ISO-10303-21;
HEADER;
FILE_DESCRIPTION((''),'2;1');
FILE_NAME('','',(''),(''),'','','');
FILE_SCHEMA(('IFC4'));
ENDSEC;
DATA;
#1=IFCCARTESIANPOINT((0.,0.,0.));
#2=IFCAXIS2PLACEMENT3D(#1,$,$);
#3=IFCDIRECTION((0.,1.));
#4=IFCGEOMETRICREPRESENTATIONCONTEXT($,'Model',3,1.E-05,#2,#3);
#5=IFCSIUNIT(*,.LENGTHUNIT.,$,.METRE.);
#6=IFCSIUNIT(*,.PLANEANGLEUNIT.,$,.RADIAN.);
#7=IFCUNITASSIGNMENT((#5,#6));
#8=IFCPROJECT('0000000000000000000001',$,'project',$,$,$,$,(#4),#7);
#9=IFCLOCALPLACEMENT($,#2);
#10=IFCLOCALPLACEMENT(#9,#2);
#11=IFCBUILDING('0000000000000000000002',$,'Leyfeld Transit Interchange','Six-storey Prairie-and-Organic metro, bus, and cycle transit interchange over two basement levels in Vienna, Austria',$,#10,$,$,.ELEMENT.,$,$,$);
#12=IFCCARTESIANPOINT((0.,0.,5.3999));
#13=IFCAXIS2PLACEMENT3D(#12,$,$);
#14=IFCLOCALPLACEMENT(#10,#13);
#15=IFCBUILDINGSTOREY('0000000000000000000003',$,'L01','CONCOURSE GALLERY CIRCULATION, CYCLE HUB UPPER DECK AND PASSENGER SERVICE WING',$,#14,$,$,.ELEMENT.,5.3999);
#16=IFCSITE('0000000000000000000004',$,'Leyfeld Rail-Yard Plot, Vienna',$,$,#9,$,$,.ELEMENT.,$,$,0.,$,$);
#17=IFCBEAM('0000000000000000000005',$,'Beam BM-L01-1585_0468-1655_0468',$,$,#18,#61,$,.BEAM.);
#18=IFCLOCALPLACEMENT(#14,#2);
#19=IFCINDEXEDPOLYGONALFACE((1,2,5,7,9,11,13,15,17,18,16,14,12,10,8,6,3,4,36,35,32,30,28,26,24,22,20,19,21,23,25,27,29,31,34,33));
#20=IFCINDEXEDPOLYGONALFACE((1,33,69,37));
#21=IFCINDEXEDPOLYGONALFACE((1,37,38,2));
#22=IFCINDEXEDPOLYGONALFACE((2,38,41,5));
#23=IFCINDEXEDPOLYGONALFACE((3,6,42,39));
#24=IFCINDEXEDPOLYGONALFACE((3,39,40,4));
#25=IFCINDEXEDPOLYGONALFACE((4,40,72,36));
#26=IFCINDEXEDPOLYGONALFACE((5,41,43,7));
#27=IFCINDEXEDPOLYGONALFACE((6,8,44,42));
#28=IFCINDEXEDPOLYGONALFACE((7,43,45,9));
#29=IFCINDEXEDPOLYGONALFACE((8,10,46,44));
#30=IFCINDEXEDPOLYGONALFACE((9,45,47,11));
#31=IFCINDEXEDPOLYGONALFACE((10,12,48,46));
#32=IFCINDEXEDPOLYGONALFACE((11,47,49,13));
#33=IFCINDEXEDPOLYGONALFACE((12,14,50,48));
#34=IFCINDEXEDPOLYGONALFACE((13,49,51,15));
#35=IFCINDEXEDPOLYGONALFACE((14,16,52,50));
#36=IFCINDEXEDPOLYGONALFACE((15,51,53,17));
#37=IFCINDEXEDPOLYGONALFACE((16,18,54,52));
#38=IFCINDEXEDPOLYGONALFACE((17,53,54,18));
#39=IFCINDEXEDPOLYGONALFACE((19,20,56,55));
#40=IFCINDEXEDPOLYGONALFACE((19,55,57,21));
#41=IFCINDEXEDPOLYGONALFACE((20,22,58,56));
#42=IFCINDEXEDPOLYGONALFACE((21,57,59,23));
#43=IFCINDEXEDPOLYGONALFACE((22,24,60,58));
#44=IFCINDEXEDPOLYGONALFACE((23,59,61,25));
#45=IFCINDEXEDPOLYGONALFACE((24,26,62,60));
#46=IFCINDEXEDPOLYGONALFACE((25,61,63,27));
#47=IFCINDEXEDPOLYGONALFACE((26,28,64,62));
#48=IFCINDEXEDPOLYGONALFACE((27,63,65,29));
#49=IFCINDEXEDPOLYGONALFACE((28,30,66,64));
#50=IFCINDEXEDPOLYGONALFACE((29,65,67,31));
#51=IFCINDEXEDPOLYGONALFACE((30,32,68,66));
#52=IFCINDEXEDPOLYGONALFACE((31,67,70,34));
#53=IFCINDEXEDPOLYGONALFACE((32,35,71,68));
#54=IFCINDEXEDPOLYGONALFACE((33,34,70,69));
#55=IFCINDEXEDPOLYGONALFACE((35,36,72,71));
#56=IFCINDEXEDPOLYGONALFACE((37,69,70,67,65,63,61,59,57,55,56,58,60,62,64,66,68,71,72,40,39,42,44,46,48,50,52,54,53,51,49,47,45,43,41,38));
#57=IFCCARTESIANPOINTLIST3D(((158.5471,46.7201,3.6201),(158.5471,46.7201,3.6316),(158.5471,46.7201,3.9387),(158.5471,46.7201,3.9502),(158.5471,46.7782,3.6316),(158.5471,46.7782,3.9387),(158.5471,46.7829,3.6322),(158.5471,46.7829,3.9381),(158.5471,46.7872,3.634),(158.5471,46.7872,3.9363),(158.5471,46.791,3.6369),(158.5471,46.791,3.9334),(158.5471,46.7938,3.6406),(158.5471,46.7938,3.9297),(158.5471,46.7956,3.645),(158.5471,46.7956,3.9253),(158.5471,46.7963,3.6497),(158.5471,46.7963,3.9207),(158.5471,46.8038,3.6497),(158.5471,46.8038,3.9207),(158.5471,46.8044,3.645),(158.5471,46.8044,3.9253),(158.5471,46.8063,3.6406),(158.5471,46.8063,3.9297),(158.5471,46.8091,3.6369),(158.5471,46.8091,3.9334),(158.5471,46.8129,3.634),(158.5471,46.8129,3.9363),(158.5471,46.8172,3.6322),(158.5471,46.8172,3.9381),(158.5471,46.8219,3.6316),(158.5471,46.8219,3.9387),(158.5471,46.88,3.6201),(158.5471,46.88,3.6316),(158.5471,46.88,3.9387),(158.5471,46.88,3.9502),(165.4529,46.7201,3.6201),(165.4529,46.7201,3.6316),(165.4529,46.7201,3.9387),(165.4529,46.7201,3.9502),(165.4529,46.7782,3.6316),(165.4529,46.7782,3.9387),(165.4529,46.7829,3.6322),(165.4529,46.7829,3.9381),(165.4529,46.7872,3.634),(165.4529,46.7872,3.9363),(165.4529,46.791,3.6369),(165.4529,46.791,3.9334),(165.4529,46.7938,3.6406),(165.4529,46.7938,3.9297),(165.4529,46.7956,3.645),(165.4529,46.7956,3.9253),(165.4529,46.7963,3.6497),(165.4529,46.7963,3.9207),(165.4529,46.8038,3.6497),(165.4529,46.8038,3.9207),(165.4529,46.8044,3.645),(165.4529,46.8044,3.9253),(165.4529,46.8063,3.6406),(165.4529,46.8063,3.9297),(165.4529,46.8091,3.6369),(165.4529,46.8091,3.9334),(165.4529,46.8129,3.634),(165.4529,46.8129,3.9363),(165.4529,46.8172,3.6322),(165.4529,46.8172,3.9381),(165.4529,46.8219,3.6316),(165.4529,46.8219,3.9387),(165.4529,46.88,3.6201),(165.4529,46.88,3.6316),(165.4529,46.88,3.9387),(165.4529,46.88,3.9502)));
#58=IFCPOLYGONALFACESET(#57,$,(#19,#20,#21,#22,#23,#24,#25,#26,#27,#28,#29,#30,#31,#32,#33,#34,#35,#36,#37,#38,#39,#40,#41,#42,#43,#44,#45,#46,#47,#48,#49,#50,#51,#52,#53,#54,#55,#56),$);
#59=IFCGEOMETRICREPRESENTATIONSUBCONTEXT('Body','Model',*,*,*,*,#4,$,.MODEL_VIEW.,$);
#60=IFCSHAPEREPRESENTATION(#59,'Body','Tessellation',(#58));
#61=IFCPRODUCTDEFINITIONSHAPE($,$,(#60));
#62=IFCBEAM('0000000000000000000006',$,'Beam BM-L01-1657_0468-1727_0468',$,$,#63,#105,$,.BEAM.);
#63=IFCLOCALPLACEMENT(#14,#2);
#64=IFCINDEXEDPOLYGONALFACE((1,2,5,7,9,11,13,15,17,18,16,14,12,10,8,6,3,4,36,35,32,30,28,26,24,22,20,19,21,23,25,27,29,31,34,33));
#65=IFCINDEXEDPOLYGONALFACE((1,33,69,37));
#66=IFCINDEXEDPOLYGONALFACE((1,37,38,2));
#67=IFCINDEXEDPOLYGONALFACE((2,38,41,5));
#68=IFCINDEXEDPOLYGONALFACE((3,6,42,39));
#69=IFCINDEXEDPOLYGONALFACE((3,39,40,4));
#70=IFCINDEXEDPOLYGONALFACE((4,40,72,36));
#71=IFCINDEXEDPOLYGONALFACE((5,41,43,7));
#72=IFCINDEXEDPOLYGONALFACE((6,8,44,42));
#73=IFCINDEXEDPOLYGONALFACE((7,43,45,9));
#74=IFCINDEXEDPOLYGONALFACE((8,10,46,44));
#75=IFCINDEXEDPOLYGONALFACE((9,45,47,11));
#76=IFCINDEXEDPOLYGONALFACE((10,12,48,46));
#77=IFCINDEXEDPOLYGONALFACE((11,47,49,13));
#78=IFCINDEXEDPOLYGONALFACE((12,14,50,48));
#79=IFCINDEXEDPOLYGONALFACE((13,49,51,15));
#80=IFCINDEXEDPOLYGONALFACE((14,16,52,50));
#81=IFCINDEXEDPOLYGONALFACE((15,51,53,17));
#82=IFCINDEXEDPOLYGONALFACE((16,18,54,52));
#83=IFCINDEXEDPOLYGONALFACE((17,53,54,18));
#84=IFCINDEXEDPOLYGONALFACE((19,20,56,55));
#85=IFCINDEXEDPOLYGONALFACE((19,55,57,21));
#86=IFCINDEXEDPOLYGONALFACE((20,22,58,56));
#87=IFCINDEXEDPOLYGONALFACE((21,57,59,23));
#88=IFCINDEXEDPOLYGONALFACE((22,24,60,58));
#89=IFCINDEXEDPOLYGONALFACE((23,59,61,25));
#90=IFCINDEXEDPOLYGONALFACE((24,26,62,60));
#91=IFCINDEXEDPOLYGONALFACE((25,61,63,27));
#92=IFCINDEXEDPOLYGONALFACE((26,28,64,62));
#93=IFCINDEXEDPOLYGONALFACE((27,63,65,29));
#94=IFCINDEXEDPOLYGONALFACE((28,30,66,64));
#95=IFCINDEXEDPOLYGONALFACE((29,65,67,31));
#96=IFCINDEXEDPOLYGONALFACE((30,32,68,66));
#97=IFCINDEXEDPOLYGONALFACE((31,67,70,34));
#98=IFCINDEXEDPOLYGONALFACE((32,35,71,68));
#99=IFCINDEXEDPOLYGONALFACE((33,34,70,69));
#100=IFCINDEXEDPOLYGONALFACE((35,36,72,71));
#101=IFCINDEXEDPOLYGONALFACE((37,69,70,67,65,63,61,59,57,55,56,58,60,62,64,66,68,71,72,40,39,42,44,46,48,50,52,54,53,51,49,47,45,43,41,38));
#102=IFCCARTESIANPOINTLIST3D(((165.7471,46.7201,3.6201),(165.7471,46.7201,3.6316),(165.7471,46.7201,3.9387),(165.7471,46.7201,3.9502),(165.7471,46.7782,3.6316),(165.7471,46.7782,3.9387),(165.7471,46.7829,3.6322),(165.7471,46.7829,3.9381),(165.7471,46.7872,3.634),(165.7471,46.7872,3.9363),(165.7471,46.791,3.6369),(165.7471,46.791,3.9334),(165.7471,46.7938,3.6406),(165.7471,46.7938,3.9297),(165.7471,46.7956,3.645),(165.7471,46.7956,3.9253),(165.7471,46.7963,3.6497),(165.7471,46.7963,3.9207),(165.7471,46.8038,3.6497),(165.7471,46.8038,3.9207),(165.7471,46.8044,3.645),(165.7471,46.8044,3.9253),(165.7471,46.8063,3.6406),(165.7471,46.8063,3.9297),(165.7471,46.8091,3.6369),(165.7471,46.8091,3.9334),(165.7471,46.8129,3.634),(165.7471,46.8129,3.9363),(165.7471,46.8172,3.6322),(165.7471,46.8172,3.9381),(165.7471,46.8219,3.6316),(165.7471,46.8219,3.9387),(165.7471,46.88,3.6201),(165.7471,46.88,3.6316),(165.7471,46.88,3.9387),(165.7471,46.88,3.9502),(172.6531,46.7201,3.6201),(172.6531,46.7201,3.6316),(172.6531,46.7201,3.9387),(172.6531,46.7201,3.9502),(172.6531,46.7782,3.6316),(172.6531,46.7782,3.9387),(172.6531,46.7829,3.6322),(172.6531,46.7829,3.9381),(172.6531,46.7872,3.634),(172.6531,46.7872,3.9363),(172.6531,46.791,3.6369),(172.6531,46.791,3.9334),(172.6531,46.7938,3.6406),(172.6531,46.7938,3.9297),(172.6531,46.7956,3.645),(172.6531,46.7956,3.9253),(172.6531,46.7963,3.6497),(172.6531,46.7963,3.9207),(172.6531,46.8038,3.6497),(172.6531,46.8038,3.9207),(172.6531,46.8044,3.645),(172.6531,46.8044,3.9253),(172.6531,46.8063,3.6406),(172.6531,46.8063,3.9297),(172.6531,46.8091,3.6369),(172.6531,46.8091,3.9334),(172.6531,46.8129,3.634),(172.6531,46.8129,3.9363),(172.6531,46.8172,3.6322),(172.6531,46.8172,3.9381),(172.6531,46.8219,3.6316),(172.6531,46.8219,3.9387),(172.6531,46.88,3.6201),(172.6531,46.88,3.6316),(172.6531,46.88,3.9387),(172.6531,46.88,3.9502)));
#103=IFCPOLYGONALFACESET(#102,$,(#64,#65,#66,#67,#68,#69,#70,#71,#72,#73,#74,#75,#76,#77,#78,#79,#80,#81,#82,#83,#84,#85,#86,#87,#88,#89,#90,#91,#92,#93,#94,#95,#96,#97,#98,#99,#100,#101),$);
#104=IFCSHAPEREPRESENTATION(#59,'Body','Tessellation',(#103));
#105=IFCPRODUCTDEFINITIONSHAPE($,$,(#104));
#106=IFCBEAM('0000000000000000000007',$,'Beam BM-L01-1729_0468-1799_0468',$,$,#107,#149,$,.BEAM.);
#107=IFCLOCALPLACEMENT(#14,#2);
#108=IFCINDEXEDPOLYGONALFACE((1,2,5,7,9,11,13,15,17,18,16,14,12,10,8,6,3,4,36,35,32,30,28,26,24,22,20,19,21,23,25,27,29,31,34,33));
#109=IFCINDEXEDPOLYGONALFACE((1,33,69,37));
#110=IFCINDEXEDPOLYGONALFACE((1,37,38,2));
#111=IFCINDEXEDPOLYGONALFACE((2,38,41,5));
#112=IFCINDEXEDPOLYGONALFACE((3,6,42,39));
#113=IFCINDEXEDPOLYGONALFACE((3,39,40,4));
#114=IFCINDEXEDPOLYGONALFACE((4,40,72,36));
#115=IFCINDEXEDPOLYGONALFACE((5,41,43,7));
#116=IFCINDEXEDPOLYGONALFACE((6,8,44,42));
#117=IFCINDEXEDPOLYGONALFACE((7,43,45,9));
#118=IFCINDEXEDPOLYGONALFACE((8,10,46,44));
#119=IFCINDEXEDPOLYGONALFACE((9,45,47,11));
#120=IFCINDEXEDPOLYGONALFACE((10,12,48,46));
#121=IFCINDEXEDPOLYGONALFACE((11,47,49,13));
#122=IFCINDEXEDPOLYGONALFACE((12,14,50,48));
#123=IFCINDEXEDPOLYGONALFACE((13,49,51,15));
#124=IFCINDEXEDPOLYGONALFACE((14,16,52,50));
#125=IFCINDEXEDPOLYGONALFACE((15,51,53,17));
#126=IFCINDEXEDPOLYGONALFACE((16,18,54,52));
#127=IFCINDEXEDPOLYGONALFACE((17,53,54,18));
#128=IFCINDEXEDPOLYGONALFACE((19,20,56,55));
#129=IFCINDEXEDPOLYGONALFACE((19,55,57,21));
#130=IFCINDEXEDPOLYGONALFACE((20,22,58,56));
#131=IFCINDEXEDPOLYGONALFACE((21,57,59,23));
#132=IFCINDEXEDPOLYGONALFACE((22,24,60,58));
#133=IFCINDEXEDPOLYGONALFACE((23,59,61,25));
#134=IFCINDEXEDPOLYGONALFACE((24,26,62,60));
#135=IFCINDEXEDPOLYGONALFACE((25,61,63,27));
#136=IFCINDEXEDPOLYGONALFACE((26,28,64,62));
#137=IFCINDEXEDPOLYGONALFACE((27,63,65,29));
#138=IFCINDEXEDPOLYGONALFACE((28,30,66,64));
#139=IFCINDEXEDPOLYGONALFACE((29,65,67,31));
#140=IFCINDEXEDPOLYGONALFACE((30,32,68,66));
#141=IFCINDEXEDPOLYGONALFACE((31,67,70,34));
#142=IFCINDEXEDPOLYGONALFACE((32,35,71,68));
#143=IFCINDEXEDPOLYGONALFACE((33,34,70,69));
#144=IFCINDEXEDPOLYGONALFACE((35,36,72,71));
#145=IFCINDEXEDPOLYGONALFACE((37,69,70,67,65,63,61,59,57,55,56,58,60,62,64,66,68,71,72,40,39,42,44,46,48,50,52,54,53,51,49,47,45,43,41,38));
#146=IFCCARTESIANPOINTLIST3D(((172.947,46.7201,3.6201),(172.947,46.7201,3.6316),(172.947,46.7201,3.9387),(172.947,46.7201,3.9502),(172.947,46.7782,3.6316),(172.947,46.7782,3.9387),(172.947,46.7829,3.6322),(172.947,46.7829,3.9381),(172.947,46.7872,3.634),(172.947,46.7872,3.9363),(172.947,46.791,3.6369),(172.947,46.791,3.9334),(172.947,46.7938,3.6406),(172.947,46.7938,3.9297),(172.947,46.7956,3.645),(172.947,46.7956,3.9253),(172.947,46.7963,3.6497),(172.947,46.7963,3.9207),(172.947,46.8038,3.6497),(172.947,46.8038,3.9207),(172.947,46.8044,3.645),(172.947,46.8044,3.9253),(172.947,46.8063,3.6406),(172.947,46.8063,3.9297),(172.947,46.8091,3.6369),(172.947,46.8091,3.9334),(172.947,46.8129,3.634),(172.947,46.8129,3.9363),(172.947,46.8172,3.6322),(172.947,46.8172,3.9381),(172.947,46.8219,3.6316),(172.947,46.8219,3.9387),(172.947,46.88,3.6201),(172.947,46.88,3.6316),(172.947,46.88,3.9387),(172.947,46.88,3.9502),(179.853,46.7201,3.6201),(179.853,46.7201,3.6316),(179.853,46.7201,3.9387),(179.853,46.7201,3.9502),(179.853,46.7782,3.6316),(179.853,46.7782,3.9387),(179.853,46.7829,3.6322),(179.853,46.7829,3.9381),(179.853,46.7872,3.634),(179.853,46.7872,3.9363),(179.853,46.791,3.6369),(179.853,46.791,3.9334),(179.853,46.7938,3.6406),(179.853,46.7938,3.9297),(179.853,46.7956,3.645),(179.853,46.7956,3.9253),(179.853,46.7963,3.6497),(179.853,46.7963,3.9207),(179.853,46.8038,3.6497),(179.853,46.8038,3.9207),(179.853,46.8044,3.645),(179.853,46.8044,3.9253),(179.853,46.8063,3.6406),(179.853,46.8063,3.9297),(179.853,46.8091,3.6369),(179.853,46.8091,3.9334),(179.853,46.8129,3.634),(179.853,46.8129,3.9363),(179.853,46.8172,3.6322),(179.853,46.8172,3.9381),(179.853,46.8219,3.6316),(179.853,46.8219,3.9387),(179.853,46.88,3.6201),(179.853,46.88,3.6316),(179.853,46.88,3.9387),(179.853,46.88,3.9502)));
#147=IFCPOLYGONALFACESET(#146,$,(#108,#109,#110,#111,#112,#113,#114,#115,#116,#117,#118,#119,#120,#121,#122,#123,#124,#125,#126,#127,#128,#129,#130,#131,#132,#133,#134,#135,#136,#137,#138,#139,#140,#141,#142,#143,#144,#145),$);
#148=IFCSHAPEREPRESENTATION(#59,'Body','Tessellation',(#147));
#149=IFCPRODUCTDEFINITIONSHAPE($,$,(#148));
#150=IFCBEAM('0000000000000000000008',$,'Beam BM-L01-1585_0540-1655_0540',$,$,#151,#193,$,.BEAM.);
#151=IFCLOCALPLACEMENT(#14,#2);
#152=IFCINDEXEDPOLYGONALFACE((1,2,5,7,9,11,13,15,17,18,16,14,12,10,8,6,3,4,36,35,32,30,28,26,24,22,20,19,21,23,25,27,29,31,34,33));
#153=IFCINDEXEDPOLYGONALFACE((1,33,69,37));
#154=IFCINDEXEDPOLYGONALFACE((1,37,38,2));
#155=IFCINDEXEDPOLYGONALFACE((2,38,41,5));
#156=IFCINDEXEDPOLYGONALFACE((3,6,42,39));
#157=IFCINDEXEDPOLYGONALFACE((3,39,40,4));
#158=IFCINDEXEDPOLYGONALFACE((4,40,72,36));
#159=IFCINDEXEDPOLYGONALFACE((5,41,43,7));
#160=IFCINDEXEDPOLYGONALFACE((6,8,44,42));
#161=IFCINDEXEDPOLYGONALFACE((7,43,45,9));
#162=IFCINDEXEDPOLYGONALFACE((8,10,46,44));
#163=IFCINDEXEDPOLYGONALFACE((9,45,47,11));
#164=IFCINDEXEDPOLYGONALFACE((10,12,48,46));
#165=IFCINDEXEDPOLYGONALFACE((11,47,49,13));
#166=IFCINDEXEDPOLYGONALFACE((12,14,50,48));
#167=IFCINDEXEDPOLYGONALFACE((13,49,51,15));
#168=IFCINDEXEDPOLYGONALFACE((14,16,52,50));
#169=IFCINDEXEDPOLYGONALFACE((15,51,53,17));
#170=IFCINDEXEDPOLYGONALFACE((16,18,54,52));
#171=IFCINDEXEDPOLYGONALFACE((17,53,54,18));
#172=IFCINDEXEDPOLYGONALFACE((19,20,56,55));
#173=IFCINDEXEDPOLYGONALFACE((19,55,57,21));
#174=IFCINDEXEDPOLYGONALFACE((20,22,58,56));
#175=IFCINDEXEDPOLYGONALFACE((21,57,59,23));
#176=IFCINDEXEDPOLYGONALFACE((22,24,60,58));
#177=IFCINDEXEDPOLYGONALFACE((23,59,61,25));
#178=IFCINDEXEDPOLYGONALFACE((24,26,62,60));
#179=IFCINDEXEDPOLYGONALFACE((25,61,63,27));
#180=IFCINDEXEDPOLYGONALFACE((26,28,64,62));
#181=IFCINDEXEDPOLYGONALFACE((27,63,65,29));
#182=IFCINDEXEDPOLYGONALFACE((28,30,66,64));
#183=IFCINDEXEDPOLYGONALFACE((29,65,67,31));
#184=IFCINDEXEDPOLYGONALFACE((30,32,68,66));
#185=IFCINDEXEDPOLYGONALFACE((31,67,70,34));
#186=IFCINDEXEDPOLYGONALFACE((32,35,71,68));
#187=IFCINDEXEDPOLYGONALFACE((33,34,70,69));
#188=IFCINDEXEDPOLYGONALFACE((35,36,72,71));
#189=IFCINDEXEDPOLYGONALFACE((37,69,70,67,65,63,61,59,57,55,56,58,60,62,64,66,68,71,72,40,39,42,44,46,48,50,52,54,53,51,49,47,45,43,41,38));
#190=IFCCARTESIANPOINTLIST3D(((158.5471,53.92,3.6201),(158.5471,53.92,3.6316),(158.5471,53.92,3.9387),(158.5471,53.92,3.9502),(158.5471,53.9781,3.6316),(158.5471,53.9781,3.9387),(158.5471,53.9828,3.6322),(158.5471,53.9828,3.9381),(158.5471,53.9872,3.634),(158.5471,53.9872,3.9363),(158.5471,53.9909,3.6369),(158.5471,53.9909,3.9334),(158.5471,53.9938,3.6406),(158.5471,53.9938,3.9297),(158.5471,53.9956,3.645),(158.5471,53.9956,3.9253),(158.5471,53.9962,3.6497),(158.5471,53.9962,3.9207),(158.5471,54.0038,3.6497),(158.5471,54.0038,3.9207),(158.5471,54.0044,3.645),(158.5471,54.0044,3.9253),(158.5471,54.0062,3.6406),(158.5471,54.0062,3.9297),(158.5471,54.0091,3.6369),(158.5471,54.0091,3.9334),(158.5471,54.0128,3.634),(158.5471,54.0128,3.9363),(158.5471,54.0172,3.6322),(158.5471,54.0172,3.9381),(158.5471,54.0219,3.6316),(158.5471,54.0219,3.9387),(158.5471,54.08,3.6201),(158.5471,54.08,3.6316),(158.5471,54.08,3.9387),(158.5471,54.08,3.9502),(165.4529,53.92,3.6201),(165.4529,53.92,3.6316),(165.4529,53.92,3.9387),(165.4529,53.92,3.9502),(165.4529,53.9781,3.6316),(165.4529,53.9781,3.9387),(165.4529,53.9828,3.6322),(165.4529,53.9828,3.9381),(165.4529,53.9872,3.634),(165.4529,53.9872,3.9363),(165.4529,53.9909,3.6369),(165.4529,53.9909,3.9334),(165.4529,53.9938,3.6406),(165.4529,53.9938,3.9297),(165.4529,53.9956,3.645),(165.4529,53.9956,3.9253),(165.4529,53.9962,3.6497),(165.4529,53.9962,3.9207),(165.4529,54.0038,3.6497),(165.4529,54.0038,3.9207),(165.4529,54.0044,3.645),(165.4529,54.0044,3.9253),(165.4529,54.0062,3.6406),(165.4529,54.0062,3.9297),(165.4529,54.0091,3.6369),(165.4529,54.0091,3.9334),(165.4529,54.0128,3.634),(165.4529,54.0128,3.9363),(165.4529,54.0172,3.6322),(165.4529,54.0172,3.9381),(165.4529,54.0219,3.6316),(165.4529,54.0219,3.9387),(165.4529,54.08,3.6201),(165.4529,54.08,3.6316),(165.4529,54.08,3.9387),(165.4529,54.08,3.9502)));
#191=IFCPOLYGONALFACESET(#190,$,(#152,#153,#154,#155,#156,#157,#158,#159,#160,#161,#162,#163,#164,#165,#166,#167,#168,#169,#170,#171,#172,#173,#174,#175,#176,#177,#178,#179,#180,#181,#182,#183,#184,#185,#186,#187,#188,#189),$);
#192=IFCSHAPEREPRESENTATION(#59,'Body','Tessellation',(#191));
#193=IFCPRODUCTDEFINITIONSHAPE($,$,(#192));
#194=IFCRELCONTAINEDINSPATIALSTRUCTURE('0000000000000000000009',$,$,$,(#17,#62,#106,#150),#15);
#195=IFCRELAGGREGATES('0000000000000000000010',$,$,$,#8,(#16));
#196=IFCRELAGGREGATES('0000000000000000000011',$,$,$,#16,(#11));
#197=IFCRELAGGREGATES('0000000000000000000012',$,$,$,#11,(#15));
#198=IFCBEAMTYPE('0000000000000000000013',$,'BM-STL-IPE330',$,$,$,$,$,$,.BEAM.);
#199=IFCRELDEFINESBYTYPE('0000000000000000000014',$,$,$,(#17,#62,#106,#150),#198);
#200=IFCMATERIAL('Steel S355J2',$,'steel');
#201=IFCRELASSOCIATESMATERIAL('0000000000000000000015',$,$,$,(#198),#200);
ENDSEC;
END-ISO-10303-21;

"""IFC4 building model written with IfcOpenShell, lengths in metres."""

from ifc_helpers import new_model, si_unit, direction, frame, origin, origin_2d, place, context, subcontext, project, spatial, i_section, extrude, material, material_profile, profile_set, type_object, element, save


model = new_model("IFC4")

# Units and contexts
model_context = context("Model", 3, precision=1e-05, world=origin(), true_north=direction((0.0, 1.0)))
body_context = subcontext(model_context, "Body", "Model", "MODEL_VIEW")
ifc_project = project(units=[si_unit("LENGTHUNIT", "METRE"), si_unit("PLANEANGLEUNIT", "RADIAN")], contexts=[model_context])

# Site, building, storey
site_placement = place(None, origin())
site = spatial("IfcSite", under=ifc_project, at=site_placement, Name="Leyfeld Rail-Yard Plot, Vienna", CompositionType="ELEMENT", RefElevation=0.0)
building_placement = place(site_placement, origin())
building = spatial("IfcBuilding", under=site, at=building_placement, Name="Leyfeld Transit Interchange", Description="Six-storey Prairie-and-Organic metro, bus, and cycle transit interchange over two basement levels in Vienna, Austria", CompositionType="ELEMENT")
storey_placement = place(building_placement, frame((0.0, 0.0, 5.3999)))
storey = spatial("IfcBuildingStorey", under=building, at=storey_placement, Name="L01", Description="CONCOURSE GALLERY CIRCULATION, CYCLE HUB UPPER DECK AND PASSENGER SERVICE WING", CompositionType="ELEMENT", Elevation=5.3999)

# Shared definitions
ifc_material_1 = material(Name="Steel S355J2", Category="steel")

# Beams
ifc_material_profile_1 = material_profile(ifc_material_1, i_section(OverallWidth=0.1599, OverallDepth=0.3301, WebThickness=0.0076, FlangeThickness=0.0115, FilletRadius=0.0181, at=origin_2d()), Name="IPE 330")
ifc_profile_set_1 = profile_set([ifc_material_profile_1], Name="Steel S355J2")
beam_type_1 = type_object("IfcBeamType", Name="BM-STL-IPE330", PredefinedType="BEAM", material=ifc_profile_set_1)
beam_1_placement = place(storey_placement, frame((158.5471, 46.8, 3.7852), z_axis=(1.0, 0.0, 0.0), x_axis=(0.0, 1.0, 0.0)))
element("IfcBeam", 1, at=beam_1_placement, inside=storey, type_object=beam_type_1, Name="Beam BM-L01-1585_0468-1655_0468", PredefinedType="BEAM", context=body_context, shape_type="SweptSolid", body=[
    extrude(i_section(OverallWidth=0.1599, OverallDepth=0.3301, WebThickness=0.0076, FlangeThickness=0.0115, FilletRadius=0.0181, at=origin_2d()), origin(), (0.0, 0.0, 1.0), 6.9058),
])
for number, where, z_axis, x_axis, name in (
    (2, (165.7471, 46.8, 3.7852), (1.0, 0.0, 0.0), (0.0, 1.0, 0.0), "Beam BM-L01-1657_0468-1727_0468"),
    (3, (172.947, 46.8, 3.7852), (1.0, 0.0, 0.0), (0.0, 1.0, 0.0), "Beam BM-L01-1729_0468-1799_0468"),
):
    element("IfcBeam", number, at=place(storey_placement, frame(where, z_axis=z_axis, x_axis=x_axis)), inside=storey, type_object=beam_type_1, Name=name, PredefinedType="BEAM", context=body_context, shape_type="SweptSolid", body=[
        extrude(i_section(OverallWidth=0.1599, OverallDepth=0.3301, WebThickness=0.0076, FlangeThickness=0.0115, FilletRadius=0.0181, at=origin_2d()), origin(), (0.0, 0.0, 1.0), 6.906),
    ])
beam_2_placement = place(storey_placement, frame((158.5471, 54.0, 3.7852), z_axis=(1.0, 0.0, 0.0), x_axis=(0.0, 1.0, 0.0)))
element("IfcBeam", 4, at=beam_2_placement, inside=storey, type_object=beam_type_1, Name="Beam BM-L01-1585_0540-1655_0540", PredefinedType="BEAM", context=body_context, shape_type="SweptSolid", body=[
    extrude(i_section(OverallWidth=0.1599, OverallDepth=0.3301, WebThickness=0.0076, FlangeThickness=0.0115, FilletRadius=0.0181, at=origin_2d()), origin(), (0.0, 0.0, 1.0), 6.9058),
])

save(model, "model.ifc")
